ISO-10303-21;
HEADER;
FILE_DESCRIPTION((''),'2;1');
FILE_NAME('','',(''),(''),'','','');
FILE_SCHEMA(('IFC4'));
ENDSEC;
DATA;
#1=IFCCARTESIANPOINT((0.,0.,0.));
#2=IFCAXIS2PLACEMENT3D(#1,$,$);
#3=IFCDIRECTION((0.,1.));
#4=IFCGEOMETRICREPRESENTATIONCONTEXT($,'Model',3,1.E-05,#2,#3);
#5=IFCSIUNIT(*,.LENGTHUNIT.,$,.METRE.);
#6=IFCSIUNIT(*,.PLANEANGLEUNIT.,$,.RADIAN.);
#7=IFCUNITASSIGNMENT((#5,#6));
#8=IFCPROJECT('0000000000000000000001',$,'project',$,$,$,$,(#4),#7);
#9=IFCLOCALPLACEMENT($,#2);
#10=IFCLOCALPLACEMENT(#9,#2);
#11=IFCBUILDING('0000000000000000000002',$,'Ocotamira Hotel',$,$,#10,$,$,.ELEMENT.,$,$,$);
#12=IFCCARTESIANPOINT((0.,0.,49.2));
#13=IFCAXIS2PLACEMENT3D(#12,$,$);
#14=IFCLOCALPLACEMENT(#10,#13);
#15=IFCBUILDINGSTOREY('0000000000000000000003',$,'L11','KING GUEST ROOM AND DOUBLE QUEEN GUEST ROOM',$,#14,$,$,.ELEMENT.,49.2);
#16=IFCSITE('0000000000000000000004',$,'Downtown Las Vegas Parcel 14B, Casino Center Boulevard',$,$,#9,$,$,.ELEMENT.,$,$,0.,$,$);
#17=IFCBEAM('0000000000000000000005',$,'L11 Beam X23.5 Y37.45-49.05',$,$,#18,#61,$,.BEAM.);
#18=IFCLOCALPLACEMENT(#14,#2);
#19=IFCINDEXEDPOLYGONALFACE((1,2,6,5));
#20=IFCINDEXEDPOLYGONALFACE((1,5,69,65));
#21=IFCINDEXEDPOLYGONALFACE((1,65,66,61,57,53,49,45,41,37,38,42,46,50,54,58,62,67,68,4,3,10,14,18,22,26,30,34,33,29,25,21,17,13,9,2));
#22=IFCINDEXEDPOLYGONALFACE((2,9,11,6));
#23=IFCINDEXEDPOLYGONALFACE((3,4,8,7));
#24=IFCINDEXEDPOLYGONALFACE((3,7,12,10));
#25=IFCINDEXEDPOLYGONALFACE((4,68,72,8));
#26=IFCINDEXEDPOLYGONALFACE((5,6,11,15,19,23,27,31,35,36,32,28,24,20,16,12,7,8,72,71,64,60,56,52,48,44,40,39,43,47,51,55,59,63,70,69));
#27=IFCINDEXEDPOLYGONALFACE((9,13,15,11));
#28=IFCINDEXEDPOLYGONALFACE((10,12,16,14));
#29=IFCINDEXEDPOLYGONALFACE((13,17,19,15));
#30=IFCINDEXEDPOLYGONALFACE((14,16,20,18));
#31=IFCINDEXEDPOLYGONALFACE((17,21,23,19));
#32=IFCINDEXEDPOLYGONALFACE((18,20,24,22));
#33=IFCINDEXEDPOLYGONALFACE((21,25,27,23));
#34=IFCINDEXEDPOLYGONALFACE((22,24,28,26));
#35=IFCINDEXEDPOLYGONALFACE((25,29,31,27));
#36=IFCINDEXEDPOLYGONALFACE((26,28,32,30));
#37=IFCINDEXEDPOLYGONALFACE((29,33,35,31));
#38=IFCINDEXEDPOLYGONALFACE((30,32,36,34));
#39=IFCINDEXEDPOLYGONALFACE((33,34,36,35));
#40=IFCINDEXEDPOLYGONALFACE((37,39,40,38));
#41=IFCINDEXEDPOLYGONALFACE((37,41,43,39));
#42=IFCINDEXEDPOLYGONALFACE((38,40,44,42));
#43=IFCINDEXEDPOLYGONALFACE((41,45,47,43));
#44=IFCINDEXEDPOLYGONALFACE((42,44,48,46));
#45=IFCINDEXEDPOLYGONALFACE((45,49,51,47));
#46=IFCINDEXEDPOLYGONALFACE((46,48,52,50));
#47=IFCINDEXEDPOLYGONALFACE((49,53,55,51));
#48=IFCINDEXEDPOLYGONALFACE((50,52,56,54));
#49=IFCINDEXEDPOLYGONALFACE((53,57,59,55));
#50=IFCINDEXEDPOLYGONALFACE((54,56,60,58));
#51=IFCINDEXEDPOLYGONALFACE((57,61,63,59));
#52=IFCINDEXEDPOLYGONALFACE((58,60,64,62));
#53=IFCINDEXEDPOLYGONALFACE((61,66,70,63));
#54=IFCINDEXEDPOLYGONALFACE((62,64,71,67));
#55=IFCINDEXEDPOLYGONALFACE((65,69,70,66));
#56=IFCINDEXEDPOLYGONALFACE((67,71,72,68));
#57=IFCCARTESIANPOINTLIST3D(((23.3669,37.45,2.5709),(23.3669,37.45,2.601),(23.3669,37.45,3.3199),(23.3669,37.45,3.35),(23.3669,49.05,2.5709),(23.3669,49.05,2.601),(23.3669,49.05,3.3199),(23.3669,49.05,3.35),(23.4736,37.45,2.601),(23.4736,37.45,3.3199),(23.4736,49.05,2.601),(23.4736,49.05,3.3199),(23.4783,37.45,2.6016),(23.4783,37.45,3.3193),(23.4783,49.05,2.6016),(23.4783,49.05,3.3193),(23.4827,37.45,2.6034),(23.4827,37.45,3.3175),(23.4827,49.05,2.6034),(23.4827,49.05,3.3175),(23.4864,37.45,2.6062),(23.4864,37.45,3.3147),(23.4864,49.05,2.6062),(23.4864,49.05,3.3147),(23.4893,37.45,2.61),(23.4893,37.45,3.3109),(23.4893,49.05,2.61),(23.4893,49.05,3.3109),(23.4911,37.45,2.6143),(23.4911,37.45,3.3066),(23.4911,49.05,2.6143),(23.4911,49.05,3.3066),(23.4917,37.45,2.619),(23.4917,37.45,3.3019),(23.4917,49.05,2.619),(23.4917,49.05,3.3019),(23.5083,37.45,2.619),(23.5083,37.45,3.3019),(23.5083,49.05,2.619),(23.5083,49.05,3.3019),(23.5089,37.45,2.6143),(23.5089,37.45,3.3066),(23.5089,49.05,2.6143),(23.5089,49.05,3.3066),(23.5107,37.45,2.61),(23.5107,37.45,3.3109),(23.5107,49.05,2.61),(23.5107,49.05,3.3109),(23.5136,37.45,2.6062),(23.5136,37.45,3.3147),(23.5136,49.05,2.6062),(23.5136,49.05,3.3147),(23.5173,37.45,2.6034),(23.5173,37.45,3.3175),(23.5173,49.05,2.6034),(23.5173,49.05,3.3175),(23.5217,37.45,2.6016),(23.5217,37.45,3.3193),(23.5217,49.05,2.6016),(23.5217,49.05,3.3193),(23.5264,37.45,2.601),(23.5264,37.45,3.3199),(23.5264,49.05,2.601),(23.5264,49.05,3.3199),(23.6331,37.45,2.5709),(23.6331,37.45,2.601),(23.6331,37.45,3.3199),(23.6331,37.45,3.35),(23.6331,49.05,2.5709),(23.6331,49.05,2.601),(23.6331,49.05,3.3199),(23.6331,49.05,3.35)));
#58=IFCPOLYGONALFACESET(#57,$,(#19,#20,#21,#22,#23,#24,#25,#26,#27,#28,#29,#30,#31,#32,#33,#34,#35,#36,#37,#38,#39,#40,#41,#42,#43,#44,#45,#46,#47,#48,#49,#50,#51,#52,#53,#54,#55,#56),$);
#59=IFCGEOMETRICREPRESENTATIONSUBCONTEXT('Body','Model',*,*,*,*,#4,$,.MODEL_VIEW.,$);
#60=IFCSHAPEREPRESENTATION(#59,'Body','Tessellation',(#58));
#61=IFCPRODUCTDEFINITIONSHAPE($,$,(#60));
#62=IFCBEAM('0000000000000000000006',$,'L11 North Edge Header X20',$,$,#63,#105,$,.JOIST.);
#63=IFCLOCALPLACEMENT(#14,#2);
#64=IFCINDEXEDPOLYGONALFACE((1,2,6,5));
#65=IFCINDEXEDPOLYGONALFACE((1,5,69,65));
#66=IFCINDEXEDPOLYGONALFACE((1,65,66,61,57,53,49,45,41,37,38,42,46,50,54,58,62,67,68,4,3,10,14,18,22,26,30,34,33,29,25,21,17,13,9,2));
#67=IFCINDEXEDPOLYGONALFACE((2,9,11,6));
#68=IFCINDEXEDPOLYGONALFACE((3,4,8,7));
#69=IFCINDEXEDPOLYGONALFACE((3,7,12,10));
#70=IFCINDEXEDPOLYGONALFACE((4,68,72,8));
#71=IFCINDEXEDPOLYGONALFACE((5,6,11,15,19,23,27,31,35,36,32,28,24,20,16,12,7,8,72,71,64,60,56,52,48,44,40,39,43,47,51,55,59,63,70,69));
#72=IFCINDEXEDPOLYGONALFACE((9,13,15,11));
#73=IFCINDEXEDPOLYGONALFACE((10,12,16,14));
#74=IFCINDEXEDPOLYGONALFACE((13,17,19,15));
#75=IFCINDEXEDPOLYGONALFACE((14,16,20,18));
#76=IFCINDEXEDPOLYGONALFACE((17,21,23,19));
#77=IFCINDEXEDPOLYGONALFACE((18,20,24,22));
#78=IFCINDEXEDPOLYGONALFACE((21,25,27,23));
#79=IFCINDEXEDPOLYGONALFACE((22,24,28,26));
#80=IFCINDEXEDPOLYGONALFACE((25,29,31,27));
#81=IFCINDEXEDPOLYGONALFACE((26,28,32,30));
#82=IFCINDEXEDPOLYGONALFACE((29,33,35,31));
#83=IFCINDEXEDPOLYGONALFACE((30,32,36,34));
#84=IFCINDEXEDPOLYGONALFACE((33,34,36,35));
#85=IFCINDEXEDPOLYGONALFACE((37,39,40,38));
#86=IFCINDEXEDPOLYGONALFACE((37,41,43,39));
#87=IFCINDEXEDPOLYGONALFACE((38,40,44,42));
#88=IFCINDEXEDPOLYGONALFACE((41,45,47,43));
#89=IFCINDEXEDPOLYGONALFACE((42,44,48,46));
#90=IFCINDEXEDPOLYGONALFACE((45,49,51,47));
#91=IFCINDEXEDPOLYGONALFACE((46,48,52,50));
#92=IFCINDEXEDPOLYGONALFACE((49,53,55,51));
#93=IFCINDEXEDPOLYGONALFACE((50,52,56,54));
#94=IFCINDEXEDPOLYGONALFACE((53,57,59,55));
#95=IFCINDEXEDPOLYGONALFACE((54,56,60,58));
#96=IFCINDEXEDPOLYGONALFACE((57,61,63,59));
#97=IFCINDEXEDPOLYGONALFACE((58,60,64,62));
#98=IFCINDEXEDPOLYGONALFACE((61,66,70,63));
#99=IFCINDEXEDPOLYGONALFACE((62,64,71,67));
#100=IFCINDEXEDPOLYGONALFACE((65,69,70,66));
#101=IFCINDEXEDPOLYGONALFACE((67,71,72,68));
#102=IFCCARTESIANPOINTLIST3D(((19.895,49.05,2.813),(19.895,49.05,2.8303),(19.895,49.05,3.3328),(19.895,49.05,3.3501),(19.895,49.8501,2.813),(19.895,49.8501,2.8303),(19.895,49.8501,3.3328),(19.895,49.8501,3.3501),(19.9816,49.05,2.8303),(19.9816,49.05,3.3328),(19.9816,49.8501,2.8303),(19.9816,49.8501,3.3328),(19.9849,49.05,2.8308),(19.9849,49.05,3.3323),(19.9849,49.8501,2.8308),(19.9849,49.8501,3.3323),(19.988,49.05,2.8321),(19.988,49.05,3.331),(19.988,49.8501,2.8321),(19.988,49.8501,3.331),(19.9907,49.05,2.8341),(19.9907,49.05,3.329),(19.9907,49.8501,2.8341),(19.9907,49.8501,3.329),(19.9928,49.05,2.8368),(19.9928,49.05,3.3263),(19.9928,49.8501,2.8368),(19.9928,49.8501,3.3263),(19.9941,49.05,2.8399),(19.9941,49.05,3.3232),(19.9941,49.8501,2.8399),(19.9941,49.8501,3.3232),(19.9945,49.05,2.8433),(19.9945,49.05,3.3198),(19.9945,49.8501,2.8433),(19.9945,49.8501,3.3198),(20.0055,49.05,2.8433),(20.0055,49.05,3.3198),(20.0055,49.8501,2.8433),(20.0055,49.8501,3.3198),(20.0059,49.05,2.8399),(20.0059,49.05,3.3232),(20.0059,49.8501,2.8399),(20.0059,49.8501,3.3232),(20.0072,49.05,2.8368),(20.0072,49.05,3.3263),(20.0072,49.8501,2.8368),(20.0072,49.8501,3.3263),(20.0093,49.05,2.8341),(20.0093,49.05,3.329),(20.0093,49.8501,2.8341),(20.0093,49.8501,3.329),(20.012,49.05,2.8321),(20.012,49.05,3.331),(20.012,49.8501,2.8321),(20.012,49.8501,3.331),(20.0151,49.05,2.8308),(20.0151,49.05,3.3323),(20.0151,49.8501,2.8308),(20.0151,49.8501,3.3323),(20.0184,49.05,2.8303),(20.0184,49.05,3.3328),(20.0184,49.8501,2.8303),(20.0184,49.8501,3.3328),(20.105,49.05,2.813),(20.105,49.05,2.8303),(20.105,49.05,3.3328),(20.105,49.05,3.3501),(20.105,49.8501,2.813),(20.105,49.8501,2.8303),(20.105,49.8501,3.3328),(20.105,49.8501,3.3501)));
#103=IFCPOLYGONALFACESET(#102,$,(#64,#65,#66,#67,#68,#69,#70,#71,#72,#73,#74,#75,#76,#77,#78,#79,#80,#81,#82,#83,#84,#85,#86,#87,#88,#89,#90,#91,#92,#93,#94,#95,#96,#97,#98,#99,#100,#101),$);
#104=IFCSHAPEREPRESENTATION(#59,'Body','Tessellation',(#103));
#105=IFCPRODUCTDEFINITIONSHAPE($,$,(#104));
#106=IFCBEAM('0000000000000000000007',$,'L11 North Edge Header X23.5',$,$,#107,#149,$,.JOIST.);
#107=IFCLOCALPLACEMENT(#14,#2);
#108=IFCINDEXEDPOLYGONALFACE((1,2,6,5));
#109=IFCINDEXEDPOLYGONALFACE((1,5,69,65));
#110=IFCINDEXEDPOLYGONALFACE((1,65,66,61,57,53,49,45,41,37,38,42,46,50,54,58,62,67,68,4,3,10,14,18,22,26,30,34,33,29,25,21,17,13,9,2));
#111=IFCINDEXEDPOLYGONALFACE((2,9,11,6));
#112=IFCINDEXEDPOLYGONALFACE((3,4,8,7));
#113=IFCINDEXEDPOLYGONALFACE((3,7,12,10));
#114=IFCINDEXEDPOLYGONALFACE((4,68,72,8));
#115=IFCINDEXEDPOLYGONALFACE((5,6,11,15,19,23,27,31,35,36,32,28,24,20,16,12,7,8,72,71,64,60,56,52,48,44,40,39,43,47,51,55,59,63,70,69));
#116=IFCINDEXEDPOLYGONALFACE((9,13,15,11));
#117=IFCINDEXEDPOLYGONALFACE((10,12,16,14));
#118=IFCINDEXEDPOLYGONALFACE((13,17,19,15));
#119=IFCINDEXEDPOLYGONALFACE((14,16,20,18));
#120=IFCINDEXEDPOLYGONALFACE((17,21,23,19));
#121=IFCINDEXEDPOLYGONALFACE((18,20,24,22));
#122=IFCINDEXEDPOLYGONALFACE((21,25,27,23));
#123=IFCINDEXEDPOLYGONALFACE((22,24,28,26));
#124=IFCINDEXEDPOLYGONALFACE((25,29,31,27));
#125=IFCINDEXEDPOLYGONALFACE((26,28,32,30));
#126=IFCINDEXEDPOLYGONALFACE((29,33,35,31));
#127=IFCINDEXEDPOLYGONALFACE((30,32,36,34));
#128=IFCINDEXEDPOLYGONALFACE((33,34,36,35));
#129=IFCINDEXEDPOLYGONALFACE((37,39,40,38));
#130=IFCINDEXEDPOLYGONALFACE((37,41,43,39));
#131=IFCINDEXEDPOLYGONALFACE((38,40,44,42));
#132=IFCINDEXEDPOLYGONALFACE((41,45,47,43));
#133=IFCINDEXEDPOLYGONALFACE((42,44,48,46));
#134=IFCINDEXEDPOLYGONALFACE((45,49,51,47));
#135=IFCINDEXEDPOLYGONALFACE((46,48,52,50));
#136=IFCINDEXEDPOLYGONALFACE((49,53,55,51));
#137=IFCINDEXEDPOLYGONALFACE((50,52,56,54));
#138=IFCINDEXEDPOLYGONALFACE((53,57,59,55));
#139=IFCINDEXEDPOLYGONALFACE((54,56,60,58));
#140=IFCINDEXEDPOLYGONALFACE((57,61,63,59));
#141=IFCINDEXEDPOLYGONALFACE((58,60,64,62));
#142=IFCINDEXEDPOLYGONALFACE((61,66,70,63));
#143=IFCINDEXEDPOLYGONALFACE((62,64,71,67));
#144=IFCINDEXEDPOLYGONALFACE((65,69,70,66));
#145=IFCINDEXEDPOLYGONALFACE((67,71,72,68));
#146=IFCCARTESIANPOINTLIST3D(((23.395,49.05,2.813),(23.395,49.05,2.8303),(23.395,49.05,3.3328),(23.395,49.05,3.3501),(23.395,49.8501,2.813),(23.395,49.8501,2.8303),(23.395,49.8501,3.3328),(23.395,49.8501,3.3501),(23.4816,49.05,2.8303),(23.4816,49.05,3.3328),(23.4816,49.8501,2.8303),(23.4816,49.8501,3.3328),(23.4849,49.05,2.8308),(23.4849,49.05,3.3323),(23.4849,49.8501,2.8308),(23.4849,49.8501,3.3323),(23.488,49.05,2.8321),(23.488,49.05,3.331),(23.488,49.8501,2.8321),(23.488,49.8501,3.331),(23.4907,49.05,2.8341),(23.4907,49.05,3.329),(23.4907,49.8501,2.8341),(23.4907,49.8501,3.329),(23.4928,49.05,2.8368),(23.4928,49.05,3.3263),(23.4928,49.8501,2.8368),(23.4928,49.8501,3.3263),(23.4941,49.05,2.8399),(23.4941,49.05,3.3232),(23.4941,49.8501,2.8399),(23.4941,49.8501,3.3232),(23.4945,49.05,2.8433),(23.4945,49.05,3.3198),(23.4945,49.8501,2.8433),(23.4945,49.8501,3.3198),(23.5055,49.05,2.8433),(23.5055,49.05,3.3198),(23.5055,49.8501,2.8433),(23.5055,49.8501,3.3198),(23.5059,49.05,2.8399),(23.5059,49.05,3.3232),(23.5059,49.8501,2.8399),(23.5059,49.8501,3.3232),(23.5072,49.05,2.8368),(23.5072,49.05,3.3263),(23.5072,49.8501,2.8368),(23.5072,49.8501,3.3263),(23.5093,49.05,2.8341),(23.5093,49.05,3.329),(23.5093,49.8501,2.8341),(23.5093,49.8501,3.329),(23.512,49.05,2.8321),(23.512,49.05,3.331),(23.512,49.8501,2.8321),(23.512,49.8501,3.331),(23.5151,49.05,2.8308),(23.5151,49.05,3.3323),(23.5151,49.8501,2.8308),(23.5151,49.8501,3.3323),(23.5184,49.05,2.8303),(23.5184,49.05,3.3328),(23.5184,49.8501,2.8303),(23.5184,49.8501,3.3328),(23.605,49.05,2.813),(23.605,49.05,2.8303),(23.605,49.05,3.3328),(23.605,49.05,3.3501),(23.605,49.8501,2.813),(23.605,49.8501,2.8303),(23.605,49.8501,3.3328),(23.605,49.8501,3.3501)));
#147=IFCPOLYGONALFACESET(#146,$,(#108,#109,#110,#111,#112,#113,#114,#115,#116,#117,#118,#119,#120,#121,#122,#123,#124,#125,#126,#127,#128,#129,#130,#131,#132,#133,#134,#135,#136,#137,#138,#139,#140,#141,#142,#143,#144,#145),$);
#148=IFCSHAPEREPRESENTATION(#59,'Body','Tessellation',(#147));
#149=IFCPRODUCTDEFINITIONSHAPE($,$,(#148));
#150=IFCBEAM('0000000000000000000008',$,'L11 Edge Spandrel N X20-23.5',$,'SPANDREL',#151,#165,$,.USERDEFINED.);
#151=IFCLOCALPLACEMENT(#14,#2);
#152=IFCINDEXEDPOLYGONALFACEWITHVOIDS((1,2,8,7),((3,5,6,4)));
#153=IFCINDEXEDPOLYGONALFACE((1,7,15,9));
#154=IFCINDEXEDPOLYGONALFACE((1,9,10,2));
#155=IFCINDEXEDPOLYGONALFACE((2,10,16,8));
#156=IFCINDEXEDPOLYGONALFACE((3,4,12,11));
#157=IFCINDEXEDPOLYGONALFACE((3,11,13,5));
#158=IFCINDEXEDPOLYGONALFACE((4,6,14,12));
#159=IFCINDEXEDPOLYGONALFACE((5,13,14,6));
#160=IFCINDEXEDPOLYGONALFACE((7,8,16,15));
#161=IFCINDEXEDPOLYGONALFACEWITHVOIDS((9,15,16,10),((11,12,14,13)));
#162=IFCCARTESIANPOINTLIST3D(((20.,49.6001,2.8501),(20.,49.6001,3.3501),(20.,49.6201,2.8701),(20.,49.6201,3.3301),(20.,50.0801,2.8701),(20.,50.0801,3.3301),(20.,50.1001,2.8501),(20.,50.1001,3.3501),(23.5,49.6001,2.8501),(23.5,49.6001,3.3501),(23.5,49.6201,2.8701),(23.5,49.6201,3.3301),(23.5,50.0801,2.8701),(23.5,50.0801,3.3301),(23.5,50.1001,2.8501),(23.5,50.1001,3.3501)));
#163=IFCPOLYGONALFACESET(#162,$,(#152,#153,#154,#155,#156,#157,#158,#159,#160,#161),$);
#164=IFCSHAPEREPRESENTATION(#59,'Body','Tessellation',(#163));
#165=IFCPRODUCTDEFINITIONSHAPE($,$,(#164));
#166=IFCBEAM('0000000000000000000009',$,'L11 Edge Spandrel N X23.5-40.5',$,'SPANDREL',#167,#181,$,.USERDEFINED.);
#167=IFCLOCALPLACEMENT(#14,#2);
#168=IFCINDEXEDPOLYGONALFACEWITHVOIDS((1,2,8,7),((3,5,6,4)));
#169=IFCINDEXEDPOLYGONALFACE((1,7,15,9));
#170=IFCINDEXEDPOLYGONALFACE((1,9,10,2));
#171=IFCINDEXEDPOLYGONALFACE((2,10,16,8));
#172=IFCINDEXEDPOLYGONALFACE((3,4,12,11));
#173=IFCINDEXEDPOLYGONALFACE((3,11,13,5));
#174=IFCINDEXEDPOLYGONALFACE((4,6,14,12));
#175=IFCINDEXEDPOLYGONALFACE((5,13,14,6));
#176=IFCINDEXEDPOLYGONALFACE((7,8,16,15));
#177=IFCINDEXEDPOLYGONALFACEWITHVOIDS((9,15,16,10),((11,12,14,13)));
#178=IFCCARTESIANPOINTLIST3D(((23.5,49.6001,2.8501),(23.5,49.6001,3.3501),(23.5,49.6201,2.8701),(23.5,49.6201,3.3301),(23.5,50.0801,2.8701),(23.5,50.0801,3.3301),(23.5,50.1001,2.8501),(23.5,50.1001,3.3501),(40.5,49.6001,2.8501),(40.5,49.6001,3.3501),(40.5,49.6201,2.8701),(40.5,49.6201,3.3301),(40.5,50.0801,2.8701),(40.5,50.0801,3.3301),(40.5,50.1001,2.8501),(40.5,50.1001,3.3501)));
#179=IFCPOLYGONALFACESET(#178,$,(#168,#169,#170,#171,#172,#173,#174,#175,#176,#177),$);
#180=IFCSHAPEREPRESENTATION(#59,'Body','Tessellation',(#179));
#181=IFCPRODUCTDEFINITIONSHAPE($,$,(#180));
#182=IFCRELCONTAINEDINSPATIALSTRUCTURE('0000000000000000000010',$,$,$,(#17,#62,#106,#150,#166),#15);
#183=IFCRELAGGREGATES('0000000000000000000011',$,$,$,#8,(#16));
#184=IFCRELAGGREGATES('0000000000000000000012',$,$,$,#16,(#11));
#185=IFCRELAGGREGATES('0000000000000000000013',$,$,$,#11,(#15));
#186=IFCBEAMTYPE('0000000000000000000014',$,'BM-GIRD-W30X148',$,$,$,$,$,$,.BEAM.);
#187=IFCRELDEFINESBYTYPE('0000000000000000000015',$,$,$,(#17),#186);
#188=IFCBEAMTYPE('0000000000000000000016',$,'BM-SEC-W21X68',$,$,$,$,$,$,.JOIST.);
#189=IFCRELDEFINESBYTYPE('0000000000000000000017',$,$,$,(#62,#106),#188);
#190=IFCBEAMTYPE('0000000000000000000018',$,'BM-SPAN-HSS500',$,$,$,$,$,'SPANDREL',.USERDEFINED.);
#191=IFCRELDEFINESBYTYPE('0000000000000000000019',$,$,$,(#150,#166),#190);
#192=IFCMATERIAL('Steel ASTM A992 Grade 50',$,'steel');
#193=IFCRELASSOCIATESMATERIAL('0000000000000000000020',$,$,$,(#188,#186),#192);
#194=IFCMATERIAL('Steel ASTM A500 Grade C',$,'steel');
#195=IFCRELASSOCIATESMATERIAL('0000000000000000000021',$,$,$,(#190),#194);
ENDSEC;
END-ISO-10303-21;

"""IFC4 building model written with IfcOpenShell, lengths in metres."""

from ifc_helpers import new_model, si_unit, direction, frame, origin, origin_2d, place, context, subcontext, project, spatial, hollow_rectangle, i_section, extrude, source, transform, mapped, material, material_profile, profile_set, type_object, element, save


model = new_model("IFC4")

# Units and contexts
model_context = context("Model", 3, precision=1e-05, world=origin(), true_north=direction((0.0, 1.0)))
body_context = subcontext(model_context, "Body", "Model", "MODEL_VIEW")
ifc_project = project(units=[si_unit("LENGTHUNIT", "METRE"), si_unit("PLANEANGLEUNIT", "RADIAN")], contexts=[model_context])

# Site, building, storey
site_placement = place(None, origin())
site = spatial("IfcSite", under=ifc_project, at=site_placement, Name="Downtown Las Vegas Parcel 14B, Casino Center Boulevard", CompositionType="ELEMENT", RefElevation=0.0)
building_placement = place(site_placement, origin())
building = spatial("IfcBuilding", under=site, at=building_placement, Name="Ocotamira Hotel", CompositionType="ELEMENT")
storey_placement = place(building_placement, frame((0.0, 0.0, 49.2)))
storey = spatial("IfcBuildingStorey", under=building, at=storey_placement, Name="L11", Description="KING GUEST ROOM AND DOUBLE QUEEN GUEST ROOM", CompositionType="ELEMENT", Elevation=49.2)

# Beams
ifc_material_1 = material(Name="Steel ASTM A992 Grade 50", Category="steel")
ifc_material_profile_1 = material_profile(ifc_material_1, i_section(OverallWidth=0.21, OverallDepth=0.5371, WebThickness=0.011, FlangeThickness=0.0173, FilletRadius=0.0129, at=origin_2d()), Name="W21X68")
ifc_profile_set_1 = profile_set([ifc_material_profile_1], Name="Steel ASTM A992 Grade 50")
beam_type_1 = type_object("IfcBeamType", Name="BM-SEC-W21X68", PredefinedType="JOIST", material=ifc_profile_set_1)
ifc_material_profile_2 = material_profile(ifc_material_1, i_section(OverallWidth=0.2661, OverallDepth=0.7791, WebThickness=0.0166, FlangeThickness=0.03, FilletRadius=0.0181, at=origin_2d()), Name="W30X148")
ifc_profile_set_2 = profile_set([ifc_material_profile_2], Name="Steel ASTM A992 Grade 50")
beam_type_2 = type_object("IfcBeamType", Name="BM-GIRD-W30X148", PredefinedType="BEAM", material=ifc_profile_set_2)
shared_shape_1 = source(origin(), body_context, "Body", "SweptSolid", [
    extrude(i_section(OverallWidth=0.2661, OverallDepth=0.7791, WebThickness=0.0166, FlangeThickness=0.03, FilletRadius=0.0181, at=origin_2d()), origin(), (0.0, 0.0, 1.0), 11.6001),
])
beam_1_placement = place(storey_placement, frame((23.5, 37.45, 2.9604), z_axis=(0.0, 1.0, 0.0), x_axis=(-1.0, 0.0, 0.0)))
element("IfcBeam", 1, at=beam_1_placement, inside=storey, type_object=beam_type_2, Name="L11 Beam X23.5 Y37.45-49.05", PredefinedType="BEAM", context=body_context, shape_type="MappedRepresentation", body=[
    mapped(shared_shape_1, transform((0.0, 0.0, 0.0), scale=1.0)),
])
shared_shape_2 = source(origin(), body_context, "Body", "SweptSolid", [
    extrude(i_section(OverallWidth=0.21, OverallDepth=0.5371, WebThickness=0.011, FlangeThickness=0.0173, FilletRadius=0.0129, at=origin_2d()), origin(), (0.0, 0.0, 1.0), 0.8),
])
for number, where, z_axis, x_axis, name in (
    (2, (20.0, 49.05, 3.0815), (0.0, 1.0, 0.0), (-1.0, 0.0, 0.0), "L11 North Edge Header X20"),
    (3, (23.5, 49.05, 3.0815), (0.0, 1.0, 0.0), (-1.0, 0.0, 0.0), "L11 North Edge Header X23.5"),
):
    element("IfcBeam", number, at=place(storey_placement, frame(where, z_axis=z_axis, x_axis=x_axis)), inside=storey, type_object=beam_type_1, Name=name, PredefinedType="JOIST", context=body_context, shape_type="MappedRepresentation", body=[
        mapped(shared_shape_2, transform((0.0, 0.0, 0.0), scale=1.0)),
    ])
ifc_material_2 = material(Name="Steel ASTM A500 Grade C", Category="steel")
ifc_material_profile_3 = material_profile(ifc_material_2, hollow_rectangle(XDim=0.5, YDim=0.5, WallThickness=0.02, at=origin_2d()), Name="HSS500X500X20")
ifc_profile_set_3 = profile_set([ifc_material_profile_3], Name="Steel ASTM A500 Grade C")
beam_type_3 = type_object("IfcBeamType", Name="BM-SPAN-HSS500", ElementType="SPANDREL", PredefinedType="USERDEFINED", material=ifc_profile_set_3)
shared_shape_3 = source(origin(), body_context, "Body", "SweptSolid", [
    extrude(hollow_rectangle(XDim=0.5, YDim=0.5, WallThickness=0.02, at=origin_2d()), origin(), (0.0, 0.0, 1.0), 3.5),
])
beam_2_placement = place(storey_placement, frame((20.0, 49.8501, 3.1001), z_axis=(1.0, 0.0, 0.0), x_axis=(0.0, 1.0, 0.0)))
element("IfcBeam", 4, at=beam_2_placement, inside=storey, type_object=beam_type_3, Name="L11 Edge Spandrel N X20-23.5", ObjectType="SPANDREL", PredefinedType="USERDEFINED", context=body_context, shape_type="MappedRepresentation", body=[
    mapped(shared_shape_3, transform((0.0, 0.0, 0.0), scale=1.0)),
])
shared_shape_4 = source(origin(), body_context, "Body", "SweptSolid", [
    extrude(hollow_rectangle(XDim=0.5, YDim=0.5, WallThickness=0.02, at=origin_2d()), origin(), (0.0, 0.0, 1.0), 17.0),
])
beam_3_placement = place(storey_placement, frame((23.5, 49.8501, 3.1001), z_axis=(1.0, 0.0, 0.0), x_axis=(0.0, 1.0, 0.0)))
element("IfcBeam", 5, at=beam_3_placement, inside=storey, type_object=beam_type_3, Name="L11 Edge Spandrel N X23.5-40.5", ObjectType="SPANDREL", PredefinedType="USERDEFINED", context=body_context, shape_type="MappedRepresentation", body=[
    mapped(shared_shape_4, transform((0.0, 0.0, 0.0), scale=1.0)),
])

save(model, "model.ifc")
